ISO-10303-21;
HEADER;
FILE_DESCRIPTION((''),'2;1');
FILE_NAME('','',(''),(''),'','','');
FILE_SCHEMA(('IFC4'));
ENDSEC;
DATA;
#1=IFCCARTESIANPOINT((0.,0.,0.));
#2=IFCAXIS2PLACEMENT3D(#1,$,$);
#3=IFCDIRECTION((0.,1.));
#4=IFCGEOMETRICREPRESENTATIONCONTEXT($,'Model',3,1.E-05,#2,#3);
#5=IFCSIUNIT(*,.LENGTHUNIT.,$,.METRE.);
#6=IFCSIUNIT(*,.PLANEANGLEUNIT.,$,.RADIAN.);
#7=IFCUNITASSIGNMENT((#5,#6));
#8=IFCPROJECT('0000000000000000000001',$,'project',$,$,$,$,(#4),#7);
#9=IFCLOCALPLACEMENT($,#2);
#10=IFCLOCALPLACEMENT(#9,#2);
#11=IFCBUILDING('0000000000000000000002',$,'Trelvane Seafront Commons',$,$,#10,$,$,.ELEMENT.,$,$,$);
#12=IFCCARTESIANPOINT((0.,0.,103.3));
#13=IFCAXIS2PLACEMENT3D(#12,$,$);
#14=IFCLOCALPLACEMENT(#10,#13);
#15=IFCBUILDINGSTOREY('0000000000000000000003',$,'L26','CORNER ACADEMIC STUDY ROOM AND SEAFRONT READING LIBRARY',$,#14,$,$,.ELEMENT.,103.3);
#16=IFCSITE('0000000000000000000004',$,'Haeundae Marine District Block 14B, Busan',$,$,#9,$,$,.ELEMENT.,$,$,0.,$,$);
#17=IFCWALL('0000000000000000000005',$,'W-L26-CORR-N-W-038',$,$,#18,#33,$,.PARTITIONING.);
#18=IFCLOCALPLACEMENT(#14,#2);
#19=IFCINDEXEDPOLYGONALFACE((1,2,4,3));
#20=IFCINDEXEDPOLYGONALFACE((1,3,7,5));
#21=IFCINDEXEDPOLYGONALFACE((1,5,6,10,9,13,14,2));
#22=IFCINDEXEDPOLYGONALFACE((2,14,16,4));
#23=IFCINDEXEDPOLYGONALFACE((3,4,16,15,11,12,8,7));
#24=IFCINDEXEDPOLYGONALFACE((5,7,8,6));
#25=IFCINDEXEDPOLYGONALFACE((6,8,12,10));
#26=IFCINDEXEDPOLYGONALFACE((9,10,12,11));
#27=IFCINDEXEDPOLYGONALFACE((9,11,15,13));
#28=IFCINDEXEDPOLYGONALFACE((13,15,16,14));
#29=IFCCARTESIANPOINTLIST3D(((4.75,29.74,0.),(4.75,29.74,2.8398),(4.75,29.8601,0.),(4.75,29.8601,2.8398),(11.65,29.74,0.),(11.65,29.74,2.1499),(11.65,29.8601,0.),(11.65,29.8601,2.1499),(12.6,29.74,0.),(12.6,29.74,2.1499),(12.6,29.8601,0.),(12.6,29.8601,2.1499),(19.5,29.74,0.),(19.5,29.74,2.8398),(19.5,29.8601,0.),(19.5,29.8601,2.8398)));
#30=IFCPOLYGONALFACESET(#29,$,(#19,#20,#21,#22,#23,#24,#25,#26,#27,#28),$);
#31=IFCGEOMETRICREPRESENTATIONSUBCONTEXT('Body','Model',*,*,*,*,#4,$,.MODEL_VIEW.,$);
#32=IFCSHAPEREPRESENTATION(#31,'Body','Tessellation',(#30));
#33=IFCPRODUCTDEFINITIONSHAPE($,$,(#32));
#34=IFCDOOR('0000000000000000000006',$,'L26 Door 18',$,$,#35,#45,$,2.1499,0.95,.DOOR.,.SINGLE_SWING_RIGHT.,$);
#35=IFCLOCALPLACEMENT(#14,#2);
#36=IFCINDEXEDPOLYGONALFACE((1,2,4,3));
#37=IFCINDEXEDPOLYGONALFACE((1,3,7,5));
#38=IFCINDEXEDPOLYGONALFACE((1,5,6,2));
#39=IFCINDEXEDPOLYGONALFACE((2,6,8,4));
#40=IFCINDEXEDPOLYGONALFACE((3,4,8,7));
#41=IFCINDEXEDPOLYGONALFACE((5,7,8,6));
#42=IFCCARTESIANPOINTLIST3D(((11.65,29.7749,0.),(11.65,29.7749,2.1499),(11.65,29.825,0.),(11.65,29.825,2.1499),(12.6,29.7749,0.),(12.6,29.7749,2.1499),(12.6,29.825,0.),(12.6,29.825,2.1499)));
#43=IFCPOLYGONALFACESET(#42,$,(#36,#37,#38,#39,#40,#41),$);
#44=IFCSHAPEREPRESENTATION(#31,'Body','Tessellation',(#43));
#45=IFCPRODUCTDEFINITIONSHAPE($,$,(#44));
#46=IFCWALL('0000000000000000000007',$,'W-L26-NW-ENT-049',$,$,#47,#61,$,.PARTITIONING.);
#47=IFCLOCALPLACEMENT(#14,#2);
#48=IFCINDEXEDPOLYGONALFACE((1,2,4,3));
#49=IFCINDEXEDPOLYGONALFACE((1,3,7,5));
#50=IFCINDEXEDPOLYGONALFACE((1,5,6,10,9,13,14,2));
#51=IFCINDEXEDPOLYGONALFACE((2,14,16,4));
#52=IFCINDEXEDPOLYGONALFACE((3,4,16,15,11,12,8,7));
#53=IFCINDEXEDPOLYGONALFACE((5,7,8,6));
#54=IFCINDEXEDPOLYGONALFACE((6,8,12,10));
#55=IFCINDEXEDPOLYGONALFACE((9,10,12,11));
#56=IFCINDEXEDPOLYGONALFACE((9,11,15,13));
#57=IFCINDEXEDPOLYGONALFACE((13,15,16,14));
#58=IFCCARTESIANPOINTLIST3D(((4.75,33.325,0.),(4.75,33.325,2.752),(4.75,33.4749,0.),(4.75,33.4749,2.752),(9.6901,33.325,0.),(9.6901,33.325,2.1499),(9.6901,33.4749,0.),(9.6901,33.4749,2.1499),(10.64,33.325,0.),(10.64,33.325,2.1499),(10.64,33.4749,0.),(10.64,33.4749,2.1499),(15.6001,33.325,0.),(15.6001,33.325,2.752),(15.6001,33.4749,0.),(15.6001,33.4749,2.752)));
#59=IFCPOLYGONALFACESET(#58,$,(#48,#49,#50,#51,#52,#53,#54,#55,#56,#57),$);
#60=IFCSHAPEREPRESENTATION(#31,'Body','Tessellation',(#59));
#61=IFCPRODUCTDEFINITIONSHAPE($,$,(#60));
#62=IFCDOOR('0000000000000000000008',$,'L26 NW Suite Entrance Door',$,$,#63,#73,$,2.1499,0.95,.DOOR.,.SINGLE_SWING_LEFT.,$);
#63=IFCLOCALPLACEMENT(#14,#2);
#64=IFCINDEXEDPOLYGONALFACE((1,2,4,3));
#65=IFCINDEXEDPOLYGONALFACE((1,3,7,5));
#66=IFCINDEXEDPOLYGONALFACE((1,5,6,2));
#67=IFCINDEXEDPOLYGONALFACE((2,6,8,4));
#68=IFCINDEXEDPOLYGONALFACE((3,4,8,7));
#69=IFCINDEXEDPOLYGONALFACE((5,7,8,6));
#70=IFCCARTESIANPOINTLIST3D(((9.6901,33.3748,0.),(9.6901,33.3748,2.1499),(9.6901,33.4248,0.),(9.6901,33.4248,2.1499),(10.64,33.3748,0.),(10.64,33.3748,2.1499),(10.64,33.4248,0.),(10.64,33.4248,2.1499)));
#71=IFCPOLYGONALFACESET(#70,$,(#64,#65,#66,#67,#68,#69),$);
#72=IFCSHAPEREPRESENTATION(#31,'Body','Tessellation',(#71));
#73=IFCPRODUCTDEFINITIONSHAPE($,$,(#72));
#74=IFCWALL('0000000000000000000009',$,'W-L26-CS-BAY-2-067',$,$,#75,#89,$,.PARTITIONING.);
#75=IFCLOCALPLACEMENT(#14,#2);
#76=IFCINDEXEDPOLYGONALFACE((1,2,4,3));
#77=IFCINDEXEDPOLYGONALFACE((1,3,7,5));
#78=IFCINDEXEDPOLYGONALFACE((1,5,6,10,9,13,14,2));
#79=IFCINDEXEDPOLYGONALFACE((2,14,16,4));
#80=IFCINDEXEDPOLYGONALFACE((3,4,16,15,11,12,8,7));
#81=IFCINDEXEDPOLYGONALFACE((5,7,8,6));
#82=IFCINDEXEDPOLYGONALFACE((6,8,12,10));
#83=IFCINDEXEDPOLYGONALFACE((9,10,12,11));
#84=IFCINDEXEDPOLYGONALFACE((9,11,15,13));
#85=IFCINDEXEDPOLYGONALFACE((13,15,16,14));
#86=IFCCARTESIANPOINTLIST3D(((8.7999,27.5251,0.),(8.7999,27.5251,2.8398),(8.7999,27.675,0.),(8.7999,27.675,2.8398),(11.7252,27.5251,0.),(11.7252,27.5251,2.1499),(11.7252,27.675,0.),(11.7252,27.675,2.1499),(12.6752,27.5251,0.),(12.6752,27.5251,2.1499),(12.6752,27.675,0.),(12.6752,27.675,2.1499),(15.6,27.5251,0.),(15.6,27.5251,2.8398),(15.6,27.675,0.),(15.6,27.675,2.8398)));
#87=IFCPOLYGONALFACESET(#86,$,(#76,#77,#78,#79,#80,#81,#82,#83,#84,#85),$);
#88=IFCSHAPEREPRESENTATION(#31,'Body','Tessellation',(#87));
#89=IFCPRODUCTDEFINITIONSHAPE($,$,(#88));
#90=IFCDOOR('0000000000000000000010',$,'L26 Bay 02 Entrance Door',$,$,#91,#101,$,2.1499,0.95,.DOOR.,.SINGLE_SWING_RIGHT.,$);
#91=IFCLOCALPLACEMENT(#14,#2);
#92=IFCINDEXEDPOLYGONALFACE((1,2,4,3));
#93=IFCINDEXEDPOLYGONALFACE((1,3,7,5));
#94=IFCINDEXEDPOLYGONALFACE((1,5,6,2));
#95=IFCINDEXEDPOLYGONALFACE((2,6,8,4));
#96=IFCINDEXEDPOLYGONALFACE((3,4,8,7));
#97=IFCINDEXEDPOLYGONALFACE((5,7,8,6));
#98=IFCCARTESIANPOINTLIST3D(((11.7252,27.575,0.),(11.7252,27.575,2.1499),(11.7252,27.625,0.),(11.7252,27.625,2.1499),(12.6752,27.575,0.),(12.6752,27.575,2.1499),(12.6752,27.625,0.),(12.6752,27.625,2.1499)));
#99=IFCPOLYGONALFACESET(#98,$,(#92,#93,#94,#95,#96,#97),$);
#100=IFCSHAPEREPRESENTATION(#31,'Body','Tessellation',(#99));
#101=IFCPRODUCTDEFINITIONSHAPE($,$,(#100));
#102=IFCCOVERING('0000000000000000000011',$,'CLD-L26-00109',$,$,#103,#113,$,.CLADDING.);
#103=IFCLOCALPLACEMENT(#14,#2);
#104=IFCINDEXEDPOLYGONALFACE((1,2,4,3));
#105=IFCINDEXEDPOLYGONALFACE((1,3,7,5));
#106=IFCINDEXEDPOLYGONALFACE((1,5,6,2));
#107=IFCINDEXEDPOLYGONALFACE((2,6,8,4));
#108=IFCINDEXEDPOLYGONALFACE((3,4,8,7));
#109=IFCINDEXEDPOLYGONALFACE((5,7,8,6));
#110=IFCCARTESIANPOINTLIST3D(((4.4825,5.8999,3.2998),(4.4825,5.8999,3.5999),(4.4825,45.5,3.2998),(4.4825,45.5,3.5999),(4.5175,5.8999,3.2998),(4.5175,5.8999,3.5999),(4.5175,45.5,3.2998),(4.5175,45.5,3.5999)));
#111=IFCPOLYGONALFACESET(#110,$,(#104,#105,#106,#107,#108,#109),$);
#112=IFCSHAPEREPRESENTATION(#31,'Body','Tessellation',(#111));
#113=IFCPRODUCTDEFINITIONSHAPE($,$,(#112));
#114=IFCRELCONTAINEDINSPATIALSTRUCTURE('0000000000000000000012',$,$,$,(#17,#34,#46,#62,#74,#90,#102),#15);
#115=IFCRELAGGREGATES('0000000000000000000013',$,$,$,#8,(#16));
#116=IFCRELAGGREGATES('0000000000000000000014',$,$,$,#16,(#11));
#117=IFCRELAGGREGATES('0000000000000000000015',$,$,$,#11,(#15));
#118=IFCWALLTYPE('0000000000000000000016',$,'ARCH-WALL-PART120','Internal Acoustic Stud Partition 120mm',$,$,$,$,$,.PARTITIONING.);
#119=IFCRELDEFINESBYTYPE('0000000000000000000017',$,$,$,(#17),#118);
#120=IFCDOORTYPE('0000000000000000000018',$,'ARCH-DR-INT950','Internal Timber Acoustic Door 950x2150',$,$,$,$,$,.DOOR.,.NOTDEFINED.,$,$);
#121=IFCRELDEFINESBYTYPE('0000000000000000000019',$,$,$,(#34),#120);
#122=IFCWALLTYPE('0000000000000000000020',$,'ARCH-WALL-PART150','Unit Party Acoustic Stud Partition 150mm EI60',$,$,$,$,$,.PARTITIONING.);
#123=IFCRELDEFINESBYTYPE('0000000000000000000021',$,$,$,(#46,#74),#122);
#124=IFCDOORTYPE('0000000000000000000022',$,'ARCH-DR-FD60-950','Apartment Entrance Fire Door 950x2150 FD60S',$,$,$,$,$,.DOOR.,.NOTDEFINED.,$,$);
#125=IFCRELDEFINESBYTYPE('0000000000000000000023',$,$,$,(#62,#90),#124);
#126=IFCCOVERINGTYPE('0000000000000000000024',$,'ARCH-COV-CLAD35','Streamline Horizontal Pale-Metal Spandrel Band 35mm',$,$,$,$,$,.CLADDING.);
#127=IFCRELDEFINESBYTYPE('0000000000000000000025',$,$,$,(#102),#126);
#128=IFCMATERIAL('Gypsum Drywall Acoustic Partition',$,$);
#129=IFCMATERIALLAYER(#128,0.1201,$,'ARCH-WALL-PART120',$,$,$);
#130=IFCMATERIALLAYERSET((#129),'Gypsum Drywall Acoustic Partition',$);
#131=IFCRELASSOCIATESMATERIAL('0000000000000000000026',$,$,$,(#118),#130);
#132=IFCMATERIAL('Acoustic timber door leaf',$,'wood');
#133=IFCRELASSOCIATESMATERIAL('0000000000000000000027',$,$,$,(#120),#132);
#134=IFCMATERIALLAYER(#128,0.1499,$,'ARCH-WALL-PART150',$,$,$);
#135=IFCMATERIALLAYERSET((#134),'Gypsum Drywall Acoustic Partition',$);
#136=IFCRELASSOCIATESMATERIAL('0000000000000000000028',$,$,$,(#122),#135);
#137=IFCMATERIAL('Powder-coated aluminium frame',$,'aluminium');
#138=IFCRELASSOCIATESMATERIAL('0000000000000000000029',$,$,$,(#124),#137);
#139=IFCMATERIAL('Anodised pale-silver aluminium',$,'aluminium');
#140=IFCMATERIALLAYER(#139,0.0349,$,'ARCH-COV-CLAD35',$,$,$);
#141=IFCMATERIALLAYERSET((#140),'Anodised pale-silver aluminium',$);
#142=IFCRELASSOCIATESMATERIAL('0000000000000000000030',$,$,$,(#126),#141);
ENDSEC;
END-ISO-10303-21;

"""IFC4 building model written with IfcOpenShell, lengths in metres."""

from ifc_helpers import new_model, si_unit, direction, frame, frame_2d, origin, origin_2d, place, context, subcontext, project, spatial, rectangle, extrude, source, transform, mapped, material, layer, layer_set, type_object, element, fill, save


model = new_model("IFC4")

# Units and contexts
model_context = context("Model", 3, precision=1e-05, world=origin(), true_north=direction((0.0, 1.0)))
body_context = subcontext(model_context, "Body", "Model", "MODEL_VIEW")
ifc_project = project(units=[si_unit("LENGTHUNIT", "METRE"), si_unit("PLANEANGLEUNIT", "RADIAN")], contexts=[model_context])

# Site, building, storey
site_placement = place(None, origin())
site = spatial("IfcSite", under=ifc_project, at=site_placement, Name="Haeundae Marine District Block 14B, Busan", CompositionType="ELEMENT", RefElevation=0.0)
building_placement = place(site_placement, origin())
building = spatial("IfcBuilding", under=site, at=building_placement, Name="Trelvane Seafront Commons", CompositionType="ELEMENT")
storey_placement = place(building_placement, frame((0.0, 0.0, 103.3)))
storey = spatial("IfcBuildingStorey", under=building, at=storey_placement, Name="L26", Description="CORNER ACADEMIC STUDY ROOM AND SEAFRONT READING LIBRARY", CompositionType="ELEMENT", Elevation=103.3)

# Shared definitions
ifc_material_1 = material(Name="Anodised pale-silver aluminium", Category="aluminium")

# Walls, openings, doors
ifc_material_2 = material(Name="Gypsum Drywall Acoustic Partition")
ifc_layer_1 = layer(ifc_material_2, 0.1201, Name="ARCH-WALL-PART120")
ifc_layer_set_1 = layer_set([ifc_layer_1], Name="Gypsum Drywall Acoustic Partition")
wall_type_1 = type_object("IfcWallType", Name="ARCH-WALL-PART120", Description="Internal Acoustic Stud Partition 120mm", PredefinedType="PARTITIONING", material=ifc_layer_set_1)
wall_1_placement = place(storey_placement, frame((4.75, 29.8, 0.0), z_axis=(0.0, 0.0, 1.0), x_axis=(1.0, 0.0, 0.0)))
wall_1 = element("IfcWall", 1, at=wall_1_placement, inside=storey, type_object=wall_type_1, Name="W-L26-CORR-N-W-038", PredefinedType="PARTITIONING", context=body_context, shape_type="SweptSolid", body=[
    extrude(rectangle(XDim=14.75, YDim=0.1201, at=frame_2d((7.375, 0.0))), origin(), (0.0, 0.0, 1.0), 2.8398),
])
opening_1_placement = place(wall_1_placement, frame((6.8999, 0.0, 0.0)))
opening_1 = element("IfcOpeningElement", 2, at=opening_1_placement, cuts=wall_1, PredefinedType="OPENING", context=body_context, shape_type="SweptSolid", body=[
    extrude(rectangle(XDim=0.95, YDim=2.1499, at=frame_2d((0.4751, 1.075))), frame((0.0, 0.0701, 0.0), z_axis=(0.0, -1.0, 0.0), x_axis=(1.0, 0.0, 0.0)), (0.0, 0.0, 1.0), 0.1401),
])
ifc_material_3 = material(Name="Acoustic timber door leaf", Category="wood")
door_type_1 = type_object("IfcDoorType", Name="ARCH-DR-INT950", Description="Internal Timber Acoustic Door 950x2150", OperationType="NOTDEFINED", PredefinedType="DOOR", material=ifc_material_3)
shared_shape_1 = source(origin(), body_context, "Body", "SweptSolid", [
    extrude(rectangle(XDim=0.95, YDim=2.1499, at=frame_2d((0.4751, 1.075))), frame((0.0, 0.0249, 0.0), z_axis=(0.0, -1.0, 0.0), x_axis=(1.0, 0.0, 0.0)), (0.0, 0.0, 1.0), 0.05),
])
door_1_placement = place(opening_1_placement, origin())
door_1 = element("IfcDoor", 3, at=door_1_placement, inside=storey, type_object=door_type_1, Name="L26 Door 18", OperationType="SINGLE_SWING_RIGHT", OverallHeight=2.1499, OverallWidth=0.95, PredefinedType="DOOR", context=body_context, shape_type="MappedRepresentation", body=[
    mapped(shared_shape_1, transform((0.0, 0.0, 0.0), x_axis=(1.0, 0.0, 0.0), y_axis=(0.0, 1.0, 0.0), z_axis=(0.0, 0.0, 1.0), scale=1.0)),
])
fill(opening_1, door_1)
ifc_layer_2 = layer(ifc_material_2, 0.1499, Name="ARCH-WALL-PART150")
ifc_layer_set_2 = layer_set([ifc_layer_2], Name="Gypsum Drywall Acoustic Partition")
wall_type_2 = type_object("IfcWallType", Name="ARCH-WALL-PART150", Description="Unit Party Acoustic Stud Partition 150mm EI60", PredefinedType="PARTITIONING", material=ifc_layer_set_2)
wall_2_placement = place(storey_placement, frame((4.75, 33.3999, 0.0), z_axis=(0.0, 0.0, 1.0), x_axis=(1.0, 0.0, 0.0)))
wall_2 = element("IfcWall", 4, at=wall_2_placement, inside=storey, type_object=wall_type_2, Name="W-L26-NW-ENT-049", PredefinedType="PARTITIONING", context=body_context, shape_type="SweptSolid", body=[
    extrude(rectangle(XDim=10.8501, YDim=0.1499, at=frame_2d((5.425, 0.0))), origin(), (0.0, 0.0, 1.0), 2.752),
])
opening_2_placement = place(wall_2_placement, frame((4.9399, 0.0, 0.0)))
opening_2 = element("IfcOpeningElement", 5, at=opening_2_placement, cuts=wall_2, PredefinedType="OPENING", context=body_context, shape_type="SweptSolid", body=[
    extrude(rectangle(XDim=0.95, YDim=2.1499, at=frame_2d((0.4751, 1.075))), frame((0.0, 0.085, 0.0), z_axis=(0.0, -1.0, 0.0), x_axis=(1.0, 0.0, 0.0)), (0.0, 0.0, 1.0), 0.1699),
])
ifc_material_4 = material(Name="Powder-coated aluminium frame", Category="aluminium")
door_type_2 = type_object("IfcDoorType", Name="ARCH-DR-FD60-950", Description="Apartment Entrance Fire Door 950x2150 FD60S", OperationType="NOTDEFINED", PredefinedType="DOOR", material=ifc_material_4)
door_2_placement = place(opening_2_placement, origin())
door_2 = element("IfcDoor", 6, at=door_2_placement, inside=storey, type_object=door_type_2, Name="L26 NW Suite Entrance Door", OperationType="SINGLE_SWING_LEFT", OverallHeight=2.1499, OverallWidth=0.95, PredefinedType="DOOR", context=body_context, shape_type="MappedRepresentation", body=[
    mapped(shared_shape_1, transform((0.0, 0.0, 0.0), x_axis=(1.0, 0.0, 0.0), y_axis=(0.0, 1.0, 0.0), z_axis=(0.0, 0.0, 1.0), scale=1.0)),
])
fill(opening_2, door_2)
wall_3_placement = place(storey_placement, frame((8.8, 27.6001, 0.0), z_axis=(0.0, 0.0, 1.0), x_axis=(1.0, 0.0, 0.0)))
wall_3 = element("IfcWall", 7, at=wall_3_placement, inside=storey, type_object=wall_type_2, Name="W-L26-CS-BAY-2-067", PredefinedType="PARTITIONING", context=body_context, shape_type="SweptSolid", body=[
    extrude(rectangle(XDim=6.8, YDim=0.1499, at=frame_2d((3.3999, 0.0))), origin(), (0.0, 0.0, 1.0), 2.8398),
])
opening_3_placement = place(wall_3_placement, frame((2.925, 0.0, 0.0)))
opening_3 = element("IfcOpeningElement", 8, at=opening_3_placement, cuts=wall_3, PredefinedType="OPENING", context=body_context, shape_type="SweptSolid", body=[
    extrude(rectangle(XDim=0.95, YDim=2.1499, at=frame_2d((0.4751, 1.075))), frame((0.0, 0.085, 0.0), z_axis=(0.0, -1.0, 0.0), x_axis=(1.0, 0.0, 0.0)), (0.0, 0.0, 1.0), 0.1699),
])
door_3_placement = place(opening_3_placement, origin())
door_3 = element("IfcDoor", 9, at=door_3_placement, inside=storey, type_object=door_type_2, Name="L26 Bay 02 Entrance Door", OperationType="SINGLE_SWING_RIGHT", OverallHeight=2.1499, OverallWidth=0.95, PredefinedType="DOOR", context=body_context, shape_type="MappedRepresentation", body=[
    mapped(shared_shape_1, transform((0.0, 0.0, 0.0), x_axis=(1.0, 0.0, 0.0), y_axis=(0.0, 1.0, 0.0), z_axis=(0.0, 0.0, 1.0), scale=1.0)),
])
fill(opening_3, door_3)

# Covering
ifc_layer_3 = layer(ifc_material_1, 0.0349, Name="ARCH-COV-CLAD35")
ifc_layer_set_3 = layer_set([ifc_layer_3], Name="Anodised pale-silver aluminium")
covering_type = type_object("IfcCoveringType", Name="ARCH-COV-CLAD35", Description="Streamline Horizontal Pale-Metal Spandrel Band 35mm", PredefinedType="CLADDING", material=ifc_layer_set_3)
shared_shape_2 = source(origin(), body_context, "Body", "SweptSolid", [
    extrude(rectangle(XDim=39.6001, YDim=0.0349, at=origin_2d()), origin(), (0.0, 0.0, 1.0), 0.3),
])
covering_placement = place(storey_placement, frame((4.5, 25.7, 3.2998), z_axis=(0.0, 0.0, 1.0), x_axis=(0.0, 1.0, 0.0)))
element("IfcCovering", 10, at=covering_placement, inside=storey, type_object=covering_type, Name="CLD-L26-00109", PredefinedType="CLADDING", context=body_context, shape_type="MappedRepresentation", body=[
    mapped(shared_shape_2, transform((0.0, 0.0, 0.0), x_axis=(1.0, 0.0, 0.0), y_axis=(0.0, 1.0, 0.0), z_axis=(0.0, 0.0, 1.0), scale=1.0)),
])

save(model, "model.ifc")
